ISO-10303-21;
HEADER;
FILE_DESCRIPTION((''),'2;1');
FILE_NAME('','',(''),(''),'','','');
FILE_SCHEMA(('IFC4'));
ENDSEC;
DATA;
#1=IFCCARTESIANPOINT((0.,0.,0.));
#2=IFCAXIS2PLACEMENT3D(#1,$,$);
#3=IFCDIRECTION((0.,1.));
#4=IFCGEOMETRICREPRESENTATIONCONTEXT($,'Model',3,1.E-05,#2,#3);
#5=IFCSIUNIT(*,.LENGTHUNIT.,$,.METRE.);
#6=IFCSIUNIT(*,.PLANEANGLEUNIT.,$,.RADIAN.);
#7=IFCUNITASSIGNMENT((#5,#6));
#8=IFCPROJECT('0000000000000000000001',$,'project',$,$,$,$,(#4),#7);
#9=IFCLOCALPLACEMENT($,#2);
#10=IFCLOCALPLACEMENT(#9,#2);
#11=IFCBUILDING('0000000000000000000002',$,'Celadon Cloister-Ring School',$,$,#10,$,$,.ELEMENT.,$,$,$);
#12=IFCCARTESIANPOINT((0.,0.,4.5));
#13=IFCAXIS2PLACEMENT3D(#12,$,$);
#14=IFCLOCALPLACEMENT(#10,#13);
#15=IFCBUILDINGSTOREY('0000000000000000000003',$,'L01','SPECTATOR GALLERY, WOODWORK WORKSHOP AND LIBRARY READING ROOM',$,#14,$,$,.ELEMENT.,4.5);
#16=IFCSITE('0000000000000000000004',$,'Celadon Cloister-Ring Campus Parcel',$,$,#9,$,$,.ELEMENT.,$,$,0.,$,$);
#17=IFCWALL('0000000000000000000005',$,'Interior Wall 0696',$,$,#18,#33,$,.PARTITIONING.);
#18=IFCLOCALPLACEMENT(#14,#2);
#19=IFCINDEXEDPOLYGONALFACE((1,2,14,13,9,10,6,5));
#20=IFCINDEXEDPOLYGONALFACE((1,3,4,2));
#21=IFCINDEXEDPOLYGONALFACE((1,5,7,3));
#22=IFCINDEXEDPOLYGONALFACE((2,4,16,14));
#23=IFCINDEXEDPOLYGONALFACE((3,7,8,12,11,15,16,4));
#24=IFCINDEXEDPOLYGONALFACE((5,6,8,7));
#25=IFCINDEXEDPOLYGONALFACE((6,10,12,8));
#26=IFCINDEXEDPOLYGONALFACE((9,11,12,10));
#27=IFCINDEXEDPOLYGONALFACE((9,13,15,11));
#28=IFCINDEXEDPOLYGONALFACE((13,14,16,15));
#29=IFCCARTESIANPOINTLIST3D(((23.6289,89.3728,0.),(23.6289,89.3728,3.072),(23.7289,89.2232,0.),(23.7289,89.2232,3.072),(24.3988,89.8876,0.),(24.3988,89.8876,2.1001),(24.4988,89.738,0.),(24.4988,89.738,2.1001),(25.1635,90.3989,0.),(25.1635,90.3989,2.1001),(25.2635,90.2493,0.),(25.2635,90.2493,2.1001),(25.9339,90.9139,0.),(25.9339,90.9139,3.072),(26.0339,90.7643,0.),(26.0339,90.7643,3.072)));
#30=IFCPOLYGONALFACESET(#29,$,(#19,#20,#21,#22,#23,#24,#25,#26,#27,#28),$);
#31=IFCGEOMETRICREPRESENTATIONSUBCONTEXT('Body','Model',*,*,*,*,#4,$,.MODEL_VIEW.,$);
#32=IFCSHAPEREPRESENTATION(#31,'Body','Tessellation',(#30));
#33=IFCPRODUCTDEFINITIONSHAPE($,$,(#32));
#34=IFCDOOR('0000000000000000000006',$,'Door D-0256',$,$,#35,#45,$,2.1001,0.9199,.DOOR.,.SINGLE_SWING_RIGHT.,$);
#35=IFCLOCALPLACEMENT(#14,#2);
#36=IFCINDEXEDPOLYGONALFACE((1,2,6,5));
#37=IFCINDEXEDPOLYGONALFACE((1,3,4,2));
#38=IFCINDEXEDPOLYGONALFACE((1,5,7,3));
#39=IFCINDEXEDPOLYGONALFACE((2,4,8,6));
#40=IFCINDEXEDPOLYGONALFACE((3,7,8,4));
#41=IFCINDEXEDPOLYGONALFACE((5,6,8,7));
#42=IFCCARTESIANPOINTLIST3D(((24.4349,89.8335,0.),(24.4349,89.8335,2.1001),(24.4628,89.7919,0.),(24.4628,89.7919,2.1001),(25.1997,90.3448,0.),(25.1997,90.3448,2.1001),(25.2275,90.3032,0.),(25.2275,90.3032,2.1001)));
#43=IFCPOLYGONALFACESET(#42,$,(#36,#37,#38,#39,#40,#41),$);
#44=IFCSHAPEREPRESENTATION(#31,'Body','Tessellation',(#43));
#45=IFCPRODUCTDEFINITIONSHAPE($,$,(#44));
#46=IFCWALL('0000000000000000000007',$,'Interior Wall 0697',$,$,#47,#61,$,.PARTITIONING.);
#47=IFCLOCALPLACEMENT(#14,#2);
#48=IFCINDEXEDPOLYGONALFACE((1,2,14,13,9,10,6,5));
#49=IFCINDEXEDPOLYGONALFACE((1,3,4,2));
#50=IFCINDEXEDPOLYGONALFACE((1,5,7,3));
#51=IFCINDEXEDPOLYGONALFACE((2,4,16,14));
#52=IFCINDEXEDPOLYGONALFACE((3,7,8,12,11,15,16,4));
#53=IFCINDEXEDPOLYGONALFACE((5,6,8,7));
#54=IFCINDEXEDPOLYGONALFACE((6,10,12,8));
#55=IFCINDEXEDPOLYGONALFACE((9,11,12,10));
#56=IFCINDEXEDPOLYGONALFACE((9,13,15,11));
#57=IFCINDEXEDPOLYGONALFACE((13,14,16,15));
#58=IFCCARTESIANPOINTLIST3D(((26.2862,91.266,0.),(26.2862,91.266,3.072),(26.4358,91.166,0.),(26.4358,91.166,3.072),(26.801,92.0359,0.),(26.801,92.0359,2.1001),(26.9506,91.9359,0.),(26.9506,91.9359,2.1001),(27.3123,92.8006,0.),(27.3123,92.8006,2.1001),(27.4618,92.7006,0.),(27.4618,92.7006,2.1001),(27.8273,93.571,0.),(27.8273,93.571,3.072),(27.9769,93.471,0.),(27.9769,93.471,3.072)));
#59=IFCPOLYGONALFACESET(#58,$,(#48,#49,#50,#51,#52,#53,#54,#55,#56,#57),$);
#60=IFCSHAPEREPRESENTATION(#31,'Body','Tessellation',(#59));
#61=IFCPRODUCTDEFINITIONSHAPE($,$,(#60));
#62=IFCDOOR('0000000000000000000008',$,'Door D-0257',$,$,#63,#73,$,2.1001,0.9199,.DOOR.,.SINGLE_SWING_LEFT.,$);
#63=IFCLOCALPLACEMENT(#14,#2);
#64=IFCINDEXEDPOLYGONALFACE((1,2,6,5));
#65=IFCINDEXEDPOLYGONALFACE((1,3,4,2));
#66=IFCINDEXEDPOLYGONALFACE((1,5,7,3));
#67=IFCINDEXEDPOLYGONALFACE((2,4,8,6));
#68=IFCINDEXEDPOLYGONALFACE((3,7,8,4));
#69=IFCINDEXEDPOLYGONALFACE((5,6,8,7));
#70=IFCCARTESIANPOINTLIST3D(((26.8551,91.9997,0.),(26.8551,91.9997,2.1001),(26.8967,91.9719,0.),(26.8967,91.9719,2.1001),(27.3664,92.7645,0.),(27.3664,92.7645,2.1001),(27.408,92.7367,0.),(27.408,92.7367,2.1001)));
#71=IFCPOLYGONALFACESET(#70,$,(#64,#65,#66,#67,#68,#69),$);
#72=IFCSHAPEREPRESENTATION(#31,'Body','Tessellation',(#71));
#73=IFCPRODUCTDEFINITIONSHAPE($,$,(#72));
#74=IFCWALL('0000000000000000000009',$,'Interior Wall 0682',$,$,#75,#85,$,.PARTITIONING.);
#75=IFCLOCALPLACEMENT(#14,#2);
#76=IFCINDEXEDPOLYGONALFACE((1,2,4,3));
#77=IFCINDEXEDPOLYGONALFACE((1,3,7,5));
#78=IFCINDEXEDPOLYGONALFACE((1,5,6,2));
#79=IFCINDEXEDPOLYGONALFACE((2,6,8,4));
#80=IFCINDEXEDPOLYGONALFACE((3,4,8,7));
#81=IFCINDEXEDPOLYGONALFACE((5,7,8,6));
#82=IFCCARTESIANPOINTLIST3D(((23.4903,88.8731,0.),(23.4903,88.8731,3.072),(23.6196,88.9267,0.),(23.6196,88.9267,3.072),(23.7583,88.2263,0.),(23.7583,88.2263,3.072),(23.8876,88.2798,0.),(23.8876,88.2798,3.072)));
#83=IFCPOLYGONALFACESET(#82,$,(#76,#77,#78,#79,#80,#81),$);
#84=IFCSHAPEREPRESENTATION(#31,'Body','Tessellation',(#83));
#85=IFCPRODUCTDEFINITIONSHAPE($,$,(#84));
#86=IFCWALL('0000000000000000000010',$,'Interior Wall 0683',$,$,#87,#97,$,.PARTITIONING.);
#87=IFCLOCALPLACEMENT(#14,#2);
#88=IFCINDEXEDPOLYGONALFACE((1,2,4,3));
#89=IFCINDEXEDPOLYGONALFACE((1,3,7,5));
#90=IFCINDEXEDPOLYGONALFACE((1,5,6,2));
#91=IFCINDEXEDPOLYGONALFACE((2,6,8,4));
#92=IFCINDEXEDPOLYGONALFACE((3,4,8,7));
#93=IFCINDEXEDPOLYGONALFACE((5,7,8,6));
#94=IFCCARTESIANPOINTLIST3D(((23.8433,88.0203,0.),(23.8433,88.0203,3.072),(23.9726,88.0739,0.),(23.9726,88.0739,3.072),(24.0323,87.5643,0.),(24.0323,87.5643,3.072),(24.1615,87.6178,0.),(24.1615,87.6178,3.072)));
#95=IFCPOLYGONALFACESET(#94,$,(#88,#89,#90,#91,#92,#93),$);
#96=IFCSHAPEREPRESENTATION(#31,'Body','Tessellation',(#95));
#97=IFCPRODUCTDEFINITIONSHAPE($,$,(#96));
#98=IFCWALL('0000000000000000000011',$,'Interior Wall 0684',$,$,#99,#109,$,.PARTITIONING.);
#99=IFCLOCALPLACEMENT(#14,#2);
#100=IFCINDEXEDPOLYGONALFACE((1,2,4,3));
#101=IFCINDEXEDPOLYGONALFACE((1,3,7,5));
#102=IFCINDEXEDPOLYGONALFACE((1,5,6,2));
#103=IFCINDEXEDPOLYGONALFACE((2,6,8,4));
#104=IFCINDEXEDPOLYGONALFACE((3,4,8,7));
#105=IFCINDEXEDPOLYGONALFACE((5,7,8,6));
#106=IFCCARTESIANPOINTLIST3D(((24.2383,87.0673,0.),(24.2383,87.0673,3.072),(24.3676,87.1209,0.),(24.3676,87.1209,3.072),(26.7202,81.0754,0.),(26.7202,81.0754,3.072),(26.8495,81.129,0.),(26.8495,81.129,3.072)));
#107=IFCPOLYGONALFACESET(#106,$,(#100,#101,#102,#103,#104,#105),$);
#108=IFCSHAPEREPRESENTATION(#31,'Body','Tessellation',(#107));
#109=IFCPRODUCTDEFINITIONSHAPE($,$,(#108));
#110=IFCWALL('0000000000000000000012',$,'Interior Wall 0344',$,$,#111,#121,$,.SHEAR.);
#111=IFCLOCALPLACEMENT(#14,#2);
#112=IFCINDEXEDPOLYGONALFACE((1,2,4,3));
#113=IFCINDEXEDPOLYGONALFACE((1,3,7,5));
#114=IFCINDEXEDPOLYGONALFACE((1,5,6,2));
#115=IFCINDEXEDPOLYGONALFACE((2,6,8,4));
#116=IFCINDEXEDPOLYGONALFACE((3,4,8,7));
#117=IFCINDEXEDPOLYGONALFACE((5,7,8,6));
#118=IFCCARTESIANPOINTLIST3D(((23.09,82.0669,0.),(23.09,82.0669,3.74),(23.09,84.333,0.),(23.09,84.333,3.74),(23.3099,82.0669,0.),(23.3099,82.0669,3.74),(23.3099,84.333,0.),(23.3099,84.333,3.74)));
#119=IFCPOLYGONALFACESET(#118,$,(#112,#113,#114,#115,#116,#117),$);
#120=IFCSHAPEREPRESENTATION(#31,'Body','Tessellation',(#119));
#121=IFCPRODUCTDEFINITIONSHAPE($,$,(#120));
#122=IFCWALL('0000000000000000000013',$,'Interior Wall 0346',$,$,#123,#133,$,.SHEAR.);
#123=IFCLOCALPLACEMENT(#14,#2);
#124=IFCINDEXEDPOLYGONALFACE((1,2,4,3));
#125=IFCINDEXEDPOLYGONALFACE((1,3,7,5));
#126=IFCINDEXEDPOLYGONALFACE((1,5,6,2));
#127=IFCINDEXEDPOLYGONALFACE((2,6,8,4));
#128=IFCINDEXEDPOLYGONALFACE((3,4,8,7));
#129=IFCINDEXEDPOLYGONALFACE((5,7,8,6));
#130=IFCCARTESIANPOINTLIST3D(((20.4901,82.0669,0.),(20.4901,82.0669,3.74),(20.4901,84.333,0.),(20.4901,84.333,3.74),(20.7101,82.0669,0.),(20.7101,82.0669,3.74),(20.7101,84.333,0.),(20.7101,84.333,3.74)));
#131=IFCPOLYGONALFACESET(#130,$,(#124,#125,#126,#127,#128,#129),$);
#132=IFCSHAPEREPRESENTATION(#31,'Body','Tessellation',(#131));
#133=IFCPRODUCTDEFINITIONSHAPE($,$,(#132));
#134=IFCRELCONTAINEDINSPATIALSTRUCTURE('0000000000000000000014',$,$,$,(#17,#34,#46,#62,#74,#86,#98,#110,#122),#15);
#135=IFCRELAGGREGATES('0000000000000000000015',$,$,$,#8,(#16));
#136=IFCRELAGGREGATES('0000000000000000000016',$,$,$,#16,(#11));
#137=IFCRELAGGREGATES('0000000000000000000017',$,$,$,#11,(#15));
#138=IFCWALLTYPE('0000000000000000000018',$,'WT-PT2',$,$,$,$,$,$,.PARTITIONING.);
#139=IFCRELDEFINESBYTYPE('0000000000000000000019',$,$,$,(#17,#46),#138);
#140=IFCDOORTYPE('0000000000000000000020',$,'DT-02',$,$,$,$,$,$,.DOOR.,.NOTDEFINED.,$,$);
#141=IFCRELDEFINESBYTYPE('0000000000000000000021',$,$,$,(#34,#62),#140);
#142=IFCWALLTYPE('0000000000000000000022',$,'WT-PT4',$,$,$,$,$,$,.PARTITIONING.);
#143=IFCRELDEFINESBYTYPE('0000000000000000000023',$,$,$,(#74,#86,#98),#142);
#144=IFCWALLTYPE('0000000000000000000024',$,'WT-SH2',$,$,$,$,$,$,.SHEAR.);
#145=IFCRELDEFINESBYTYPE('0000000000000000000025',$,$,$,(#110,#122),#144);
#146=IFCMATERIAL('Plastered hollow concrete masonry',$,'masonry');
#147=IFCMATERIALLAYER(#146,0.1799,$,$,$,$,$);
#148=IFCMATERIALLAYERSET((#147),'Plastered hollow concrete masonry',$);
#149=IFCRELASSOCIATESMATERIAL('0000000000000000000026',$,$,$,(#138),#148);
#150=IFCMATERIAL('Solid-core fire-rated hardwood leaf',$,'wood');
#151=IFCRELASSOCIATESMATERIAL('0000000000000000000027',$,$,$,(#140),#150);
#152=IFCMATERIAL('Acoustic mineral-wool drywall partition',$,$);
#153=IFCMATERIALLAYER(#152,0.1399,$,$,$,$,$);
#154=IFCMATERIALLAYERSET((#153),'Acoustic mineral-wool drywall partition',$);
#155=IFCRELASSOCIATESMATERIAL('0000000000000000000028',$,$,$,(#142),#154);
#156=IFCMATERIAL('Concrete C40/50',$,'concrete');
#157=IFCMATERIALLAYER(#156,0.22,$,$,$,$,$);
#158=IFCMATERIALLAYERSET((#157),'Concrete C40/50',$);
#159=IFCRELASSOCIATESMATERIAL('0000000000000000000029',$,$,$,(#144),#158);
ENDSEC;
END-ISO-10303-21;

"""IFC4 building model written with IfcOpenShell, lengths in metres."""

from ifc_helpers import new_model, si_unit, direction, frame, frame_2d, origin, place, context, subcontext, project, spatial, rectangle, extrude, material, layer, layer_set, type_object, element, fill, save


model = new_model("IFC4")

# Units and contexts
model_context = context("Model", 3, precision=1e-05, world=origin(), true_north=direction((0.0, 1.0)))
body_context = subcontext(model_context, "Body", "Model", "MODEL_VIEW")
ifc_project = project(units=[si_unit("LENGTHUNIT", "METRE"), si_unit("PLANEANGLEUNIT", "RADIAN")], contexts=[model_context])

# Site, building, storey
site_placement = place(None, origin())
site = spatial("IfcSite", under=ifc_project, at=site_placement, Name="Celadon Cloister-Ring Campus Parcel", CompositionType="ELEMENT", RefElevation=0.0)
building_placement = place(site_placement, origin())
building = spatial("IfcBuilding", under=site, at=building_placement, Name="Celadon Cloister-Ring School", CompositionType="ELEMENT")
storey_placement = place(building_placement, frame((0.0, 0.0, 4.5)))
storey = spatial("IfcBuildingStorey", under=building, at=storey_placement, Name="L01", Description="SPECTATOR GALLERY, WOODWORK WORKSHOP AND LIBRARY READING ROOM", CompositionType="ELEMENT", Elevation=4.5)

# Walls, openings, doors
ifc_material_1 = material(Name="Plastered hollow concrete masonry", Category="masonry")
ifc_layer_1 = layer(ifc_material_1, 0.1799)
ifc_layer_set_1 = layer_set([ifc_layer_1], Name="Plastered hollow concrete masonry")
wall_type_1 = type_object("IfcWallType", Name="WT-PT2", PredefinedType="PARTITIONING", material=ifc_layer_set_1)
wall_1_placement = place(storey_placement, frame((23.679, 89.2981, 0.0), z_axis=(0.0, 0.0, 1.0), x_axis=(0.831318, 0.555797, 0.0)))
wall_1 = element("IfcWall", 1, at=wall_1_placement, inside=storey, type_object=wall_type_1, Name="Interior Wall 0696", PredefinedType="PARTITIONING", context=body_context, shape_type="SweptSolid", body=[
    extrude(rectangle(XDim=2.7727, YDim=0.1799, at=frame_2d((1.3862, 0.0))), origin(), (0.0, 0.0, 1.0), 3.072),
])
opening_1_placement = place(wall_1_placement, frame((0.926, 0.0, 0.0)))
opening_1 = element("IfcOpeningElement", 2, at=opening_1_placement, cuts=wall_1, PredefinedType="OPENING", context=body_context, shape_type="SweptSolid", body=[
    extrude(rectangle(XDim=0.9199, YDim=2.1001, at=frame_2d((0.46, 1.05))), frame((0.0, 0.1001, 0.0), z_axis=(0.0, -1.0, 0.0), x_axis=(1.0, 0.0, 0.0)), (0.0, 0.0, 1.0), 0.2),
])
ifc_material_2 = material(Name="Solid-core fire-rated hardwood leaf", Category="wood")
door_type_1 = type_object("IfcDoorType", Name="DT-02", OperationType="NOTDEFINED", PredefinedType="DOOR", material=ifc_material_2)
door_1_placement = place(opening_1_placement, origin())
door_1 = element("IfcDoor", 3, at=door_1_placement, inside=storey, type_object=door_type_1, Name="Door D-0256", OperationType="SINGLE_SWING_RIGHT", OverallHeight=2.1001, OverallWidth=0.9199, PredefinedType="DOOR", context=body_context, shape_type="SweptSolid", body=[
    extrude(rectangle(XDim=0.9199, YDim=2.1001, at=frame_2d((0.46, 1.05))), frame((0.0, 0.0249, 0.0), z_axis=(0.0, -1.0, 0.0), x_axis=(1.0, 0.0, 0.0)), (0.0, 0.0, 1.0), 0.05),
])
fill(opening_1, door_1)
wall_2_placement = place(storey_placement, frame((26.3611, 91.2161, 0.0), z_axis=(0.0, 0.0, 1.0), x_axis=(0.555797, 0.831318, 0.0)))
wall_2 = element("IfcWall", 4, at=wall_2_placement, inside=storey, type_object=wall_type_1, Name="Interior Wall 0697", PredefinedType="PARTITIONING", context=body_context, shape_type="SweptSolid", body=[
    extrude(rectangle(XDim=2.7727, YDim=0.1799, at=frame_2d((1.3862, 0.0))), origin(), (0.0, 0.0, 1.0), 3.072),
])
opening_2_placement = place(wall_2_placement, frame((0.926, 0.0, 0.0)))
opening_2 = element("IfcOpeningElement", 5, at=opening_2_placement, cuts=wall_2, PredefinedType="OPENING", context=body_context, shape_type="SweptSolid", body=[
    extrude(rectangle(XDim=0.9199, YDim=2.1001, at=frame_2d((0.46, 1.05))), frame((0.0, 0.1001, 0.0), z_axis=(0.0, -1.0, 0.0), x_axis=(1.0, 0.0, 0.0)), (0.0, 0.0, 1.0), 0.2),
])
door_2_placement = place(opening_2_placement, origin())
door_2 = element("IfcDoor", 6, at=door_2_placement, inside=storey, type_object=door_type_1, Name="Door D-0257", OperationType="SINGLE_SWING_LEFT", OverallHeight=2.1001, OverallWidth=0.9199, PredefinedType="DOOR", context=body_context, shape_type="SweptSolid", body=[
    extrude(rectangle(XDim=0.9199, YDim=2.1001, at=frame_2d((0.46, 1.05))), frame((0.0, 0.0249, 0.0), z_axis=(0.0, -1.0, 0.0), x_axis=(1.0, 0.0, 0.0)), (0.0, 0.0, 1.0), 0.05),
])
fill(opening_2, door_2)

# Walls
ifc_material_3 = material(Name="Acoustic mineral-wool drywall partition")
ifc_layer_2 = layer(ifc_material_3, 0.1399)
ifc_layer_set_2 = layer_set([ifc_layer_2], Name="Acoustic mineral-wool drywall partition")
wall_type_2 = type_object("IfcWallType", Name="WT-PT4", PredefinedType="PARTITIONING", material=ifc_layer_set_2)
wall_3_placement = place(storey_placement, frame((23.5549, 88.8999, 0.0), z_axis=(0.0, 0.0, 1.0), x_axis=(0.382783, -0.923838, 0.0)))
element("IfcWall", 7, at=wall_3_placement, inside=storey, type_object=wall_type_2, Name="Interior Wall 0682", PredefinedType="PARTITIONING", context=body_context, shape_type="SweptSolid", body=[
    extrude(rectangle(XDim=0.7002, YDim=0.1399, at=frame_2d((0.3501, 0.0))), origin(), (0.0, 0.0, 1.0), 3.072),
])
wall_4_placement = place(storey_placement, frame((23.908, 88.0471, 0.0), z_axis=(0.0, 0.0, 1.0), x_axis=(0.382789, -0.923836, 0.0)))
element("IfcWall", 8, at=wall_4_placement, inside=storey, type_object=wall_type_2, Name="Interior Wall 0683", PredefinedType="PARTITIONING", context=body_context, shape_type="SweptSolid", body=[
    extrude(rectangle(XDim=0.4937, YDim=0.1399, at=frame_2d((0.2468, 0.0))), origin(), (0.0, 0.0, 1.0), 3.072),
])
wall_5_placement = place(storey_placement, frame((24.303, 87.094, 0.0), z_axis=(0.0, 0.0, 1.0), x_axis=(0.382682, -0.92388, 0.0)))
element("IfcWall", 9, at=wall_5_placement, inside=storey, type_object=wall_type_2, Name="Interior Wall 0684", PredefinedType="PARTITIONING", context=body_context, shape_type="SweptSolid", body=[
    extrude(rectangle(XDim=6.4856, YDim=0.1399, at=frame_2d((3.2427, 0.0))), origin(), (0.0, 0.0, 1.0), 3.072),
])
ifc_material_4 = material(Name="Concrete C40/50", Category="concrete")
ifc_layer_3 = layer(ifc_material_4, 0.22)
ifc_layer_set_3 = layer_set([ifc_layer_3], Name="Concrete C40/50")
wall_type_3 = type_object("IfcWallType", Name="WT-SH2", PredefinedType="SHEAR", material=ifc_layer_set_3)
wall_6_placement = place(storey_placement, frame((23.2, 82.0669, 0.0), z_axis=(0.0, 0.0, 1.0), x_axis=(0.0, 1.0, 0.0)))
element("IfcWall", 10, at=wall_6_placement, inside=storey, type_object=wall_type_3, Name="Interior Wall 0344", PredefinedType="SHEAR", context=body_context, shape_type="SweptSolid", body=[
    extrude(rectangle(XDim=2.2661, YDim=0.22, at=frame_2d((1.1331, 0.0))), origin(), (0.0, 0.0, 1.0), 3.74),
])

# Wall
wall_7_placement = place(storey_placement, frame((20.6001, 84.333, 0.0), z_axis=(0.0, 0.0, 1.0), x_axis=(0.0, -1.0, 0.0)))
element("IfcWall", 11, at=wall_7_placement, inside=storey, type_object=wall_type_3, Name="Interior Wall 0346", PredefinedType="SHEAR", context=body_context, shape_type="SweptSolid", body=[
    extrude(rectangle(XDim=2.2661, YDim=0.22, at=frame_2d((1.1331, 0.0))), origin(), (0.0, 0.0, 1.0), 3.74),
])

save(model, "model.ifc")
